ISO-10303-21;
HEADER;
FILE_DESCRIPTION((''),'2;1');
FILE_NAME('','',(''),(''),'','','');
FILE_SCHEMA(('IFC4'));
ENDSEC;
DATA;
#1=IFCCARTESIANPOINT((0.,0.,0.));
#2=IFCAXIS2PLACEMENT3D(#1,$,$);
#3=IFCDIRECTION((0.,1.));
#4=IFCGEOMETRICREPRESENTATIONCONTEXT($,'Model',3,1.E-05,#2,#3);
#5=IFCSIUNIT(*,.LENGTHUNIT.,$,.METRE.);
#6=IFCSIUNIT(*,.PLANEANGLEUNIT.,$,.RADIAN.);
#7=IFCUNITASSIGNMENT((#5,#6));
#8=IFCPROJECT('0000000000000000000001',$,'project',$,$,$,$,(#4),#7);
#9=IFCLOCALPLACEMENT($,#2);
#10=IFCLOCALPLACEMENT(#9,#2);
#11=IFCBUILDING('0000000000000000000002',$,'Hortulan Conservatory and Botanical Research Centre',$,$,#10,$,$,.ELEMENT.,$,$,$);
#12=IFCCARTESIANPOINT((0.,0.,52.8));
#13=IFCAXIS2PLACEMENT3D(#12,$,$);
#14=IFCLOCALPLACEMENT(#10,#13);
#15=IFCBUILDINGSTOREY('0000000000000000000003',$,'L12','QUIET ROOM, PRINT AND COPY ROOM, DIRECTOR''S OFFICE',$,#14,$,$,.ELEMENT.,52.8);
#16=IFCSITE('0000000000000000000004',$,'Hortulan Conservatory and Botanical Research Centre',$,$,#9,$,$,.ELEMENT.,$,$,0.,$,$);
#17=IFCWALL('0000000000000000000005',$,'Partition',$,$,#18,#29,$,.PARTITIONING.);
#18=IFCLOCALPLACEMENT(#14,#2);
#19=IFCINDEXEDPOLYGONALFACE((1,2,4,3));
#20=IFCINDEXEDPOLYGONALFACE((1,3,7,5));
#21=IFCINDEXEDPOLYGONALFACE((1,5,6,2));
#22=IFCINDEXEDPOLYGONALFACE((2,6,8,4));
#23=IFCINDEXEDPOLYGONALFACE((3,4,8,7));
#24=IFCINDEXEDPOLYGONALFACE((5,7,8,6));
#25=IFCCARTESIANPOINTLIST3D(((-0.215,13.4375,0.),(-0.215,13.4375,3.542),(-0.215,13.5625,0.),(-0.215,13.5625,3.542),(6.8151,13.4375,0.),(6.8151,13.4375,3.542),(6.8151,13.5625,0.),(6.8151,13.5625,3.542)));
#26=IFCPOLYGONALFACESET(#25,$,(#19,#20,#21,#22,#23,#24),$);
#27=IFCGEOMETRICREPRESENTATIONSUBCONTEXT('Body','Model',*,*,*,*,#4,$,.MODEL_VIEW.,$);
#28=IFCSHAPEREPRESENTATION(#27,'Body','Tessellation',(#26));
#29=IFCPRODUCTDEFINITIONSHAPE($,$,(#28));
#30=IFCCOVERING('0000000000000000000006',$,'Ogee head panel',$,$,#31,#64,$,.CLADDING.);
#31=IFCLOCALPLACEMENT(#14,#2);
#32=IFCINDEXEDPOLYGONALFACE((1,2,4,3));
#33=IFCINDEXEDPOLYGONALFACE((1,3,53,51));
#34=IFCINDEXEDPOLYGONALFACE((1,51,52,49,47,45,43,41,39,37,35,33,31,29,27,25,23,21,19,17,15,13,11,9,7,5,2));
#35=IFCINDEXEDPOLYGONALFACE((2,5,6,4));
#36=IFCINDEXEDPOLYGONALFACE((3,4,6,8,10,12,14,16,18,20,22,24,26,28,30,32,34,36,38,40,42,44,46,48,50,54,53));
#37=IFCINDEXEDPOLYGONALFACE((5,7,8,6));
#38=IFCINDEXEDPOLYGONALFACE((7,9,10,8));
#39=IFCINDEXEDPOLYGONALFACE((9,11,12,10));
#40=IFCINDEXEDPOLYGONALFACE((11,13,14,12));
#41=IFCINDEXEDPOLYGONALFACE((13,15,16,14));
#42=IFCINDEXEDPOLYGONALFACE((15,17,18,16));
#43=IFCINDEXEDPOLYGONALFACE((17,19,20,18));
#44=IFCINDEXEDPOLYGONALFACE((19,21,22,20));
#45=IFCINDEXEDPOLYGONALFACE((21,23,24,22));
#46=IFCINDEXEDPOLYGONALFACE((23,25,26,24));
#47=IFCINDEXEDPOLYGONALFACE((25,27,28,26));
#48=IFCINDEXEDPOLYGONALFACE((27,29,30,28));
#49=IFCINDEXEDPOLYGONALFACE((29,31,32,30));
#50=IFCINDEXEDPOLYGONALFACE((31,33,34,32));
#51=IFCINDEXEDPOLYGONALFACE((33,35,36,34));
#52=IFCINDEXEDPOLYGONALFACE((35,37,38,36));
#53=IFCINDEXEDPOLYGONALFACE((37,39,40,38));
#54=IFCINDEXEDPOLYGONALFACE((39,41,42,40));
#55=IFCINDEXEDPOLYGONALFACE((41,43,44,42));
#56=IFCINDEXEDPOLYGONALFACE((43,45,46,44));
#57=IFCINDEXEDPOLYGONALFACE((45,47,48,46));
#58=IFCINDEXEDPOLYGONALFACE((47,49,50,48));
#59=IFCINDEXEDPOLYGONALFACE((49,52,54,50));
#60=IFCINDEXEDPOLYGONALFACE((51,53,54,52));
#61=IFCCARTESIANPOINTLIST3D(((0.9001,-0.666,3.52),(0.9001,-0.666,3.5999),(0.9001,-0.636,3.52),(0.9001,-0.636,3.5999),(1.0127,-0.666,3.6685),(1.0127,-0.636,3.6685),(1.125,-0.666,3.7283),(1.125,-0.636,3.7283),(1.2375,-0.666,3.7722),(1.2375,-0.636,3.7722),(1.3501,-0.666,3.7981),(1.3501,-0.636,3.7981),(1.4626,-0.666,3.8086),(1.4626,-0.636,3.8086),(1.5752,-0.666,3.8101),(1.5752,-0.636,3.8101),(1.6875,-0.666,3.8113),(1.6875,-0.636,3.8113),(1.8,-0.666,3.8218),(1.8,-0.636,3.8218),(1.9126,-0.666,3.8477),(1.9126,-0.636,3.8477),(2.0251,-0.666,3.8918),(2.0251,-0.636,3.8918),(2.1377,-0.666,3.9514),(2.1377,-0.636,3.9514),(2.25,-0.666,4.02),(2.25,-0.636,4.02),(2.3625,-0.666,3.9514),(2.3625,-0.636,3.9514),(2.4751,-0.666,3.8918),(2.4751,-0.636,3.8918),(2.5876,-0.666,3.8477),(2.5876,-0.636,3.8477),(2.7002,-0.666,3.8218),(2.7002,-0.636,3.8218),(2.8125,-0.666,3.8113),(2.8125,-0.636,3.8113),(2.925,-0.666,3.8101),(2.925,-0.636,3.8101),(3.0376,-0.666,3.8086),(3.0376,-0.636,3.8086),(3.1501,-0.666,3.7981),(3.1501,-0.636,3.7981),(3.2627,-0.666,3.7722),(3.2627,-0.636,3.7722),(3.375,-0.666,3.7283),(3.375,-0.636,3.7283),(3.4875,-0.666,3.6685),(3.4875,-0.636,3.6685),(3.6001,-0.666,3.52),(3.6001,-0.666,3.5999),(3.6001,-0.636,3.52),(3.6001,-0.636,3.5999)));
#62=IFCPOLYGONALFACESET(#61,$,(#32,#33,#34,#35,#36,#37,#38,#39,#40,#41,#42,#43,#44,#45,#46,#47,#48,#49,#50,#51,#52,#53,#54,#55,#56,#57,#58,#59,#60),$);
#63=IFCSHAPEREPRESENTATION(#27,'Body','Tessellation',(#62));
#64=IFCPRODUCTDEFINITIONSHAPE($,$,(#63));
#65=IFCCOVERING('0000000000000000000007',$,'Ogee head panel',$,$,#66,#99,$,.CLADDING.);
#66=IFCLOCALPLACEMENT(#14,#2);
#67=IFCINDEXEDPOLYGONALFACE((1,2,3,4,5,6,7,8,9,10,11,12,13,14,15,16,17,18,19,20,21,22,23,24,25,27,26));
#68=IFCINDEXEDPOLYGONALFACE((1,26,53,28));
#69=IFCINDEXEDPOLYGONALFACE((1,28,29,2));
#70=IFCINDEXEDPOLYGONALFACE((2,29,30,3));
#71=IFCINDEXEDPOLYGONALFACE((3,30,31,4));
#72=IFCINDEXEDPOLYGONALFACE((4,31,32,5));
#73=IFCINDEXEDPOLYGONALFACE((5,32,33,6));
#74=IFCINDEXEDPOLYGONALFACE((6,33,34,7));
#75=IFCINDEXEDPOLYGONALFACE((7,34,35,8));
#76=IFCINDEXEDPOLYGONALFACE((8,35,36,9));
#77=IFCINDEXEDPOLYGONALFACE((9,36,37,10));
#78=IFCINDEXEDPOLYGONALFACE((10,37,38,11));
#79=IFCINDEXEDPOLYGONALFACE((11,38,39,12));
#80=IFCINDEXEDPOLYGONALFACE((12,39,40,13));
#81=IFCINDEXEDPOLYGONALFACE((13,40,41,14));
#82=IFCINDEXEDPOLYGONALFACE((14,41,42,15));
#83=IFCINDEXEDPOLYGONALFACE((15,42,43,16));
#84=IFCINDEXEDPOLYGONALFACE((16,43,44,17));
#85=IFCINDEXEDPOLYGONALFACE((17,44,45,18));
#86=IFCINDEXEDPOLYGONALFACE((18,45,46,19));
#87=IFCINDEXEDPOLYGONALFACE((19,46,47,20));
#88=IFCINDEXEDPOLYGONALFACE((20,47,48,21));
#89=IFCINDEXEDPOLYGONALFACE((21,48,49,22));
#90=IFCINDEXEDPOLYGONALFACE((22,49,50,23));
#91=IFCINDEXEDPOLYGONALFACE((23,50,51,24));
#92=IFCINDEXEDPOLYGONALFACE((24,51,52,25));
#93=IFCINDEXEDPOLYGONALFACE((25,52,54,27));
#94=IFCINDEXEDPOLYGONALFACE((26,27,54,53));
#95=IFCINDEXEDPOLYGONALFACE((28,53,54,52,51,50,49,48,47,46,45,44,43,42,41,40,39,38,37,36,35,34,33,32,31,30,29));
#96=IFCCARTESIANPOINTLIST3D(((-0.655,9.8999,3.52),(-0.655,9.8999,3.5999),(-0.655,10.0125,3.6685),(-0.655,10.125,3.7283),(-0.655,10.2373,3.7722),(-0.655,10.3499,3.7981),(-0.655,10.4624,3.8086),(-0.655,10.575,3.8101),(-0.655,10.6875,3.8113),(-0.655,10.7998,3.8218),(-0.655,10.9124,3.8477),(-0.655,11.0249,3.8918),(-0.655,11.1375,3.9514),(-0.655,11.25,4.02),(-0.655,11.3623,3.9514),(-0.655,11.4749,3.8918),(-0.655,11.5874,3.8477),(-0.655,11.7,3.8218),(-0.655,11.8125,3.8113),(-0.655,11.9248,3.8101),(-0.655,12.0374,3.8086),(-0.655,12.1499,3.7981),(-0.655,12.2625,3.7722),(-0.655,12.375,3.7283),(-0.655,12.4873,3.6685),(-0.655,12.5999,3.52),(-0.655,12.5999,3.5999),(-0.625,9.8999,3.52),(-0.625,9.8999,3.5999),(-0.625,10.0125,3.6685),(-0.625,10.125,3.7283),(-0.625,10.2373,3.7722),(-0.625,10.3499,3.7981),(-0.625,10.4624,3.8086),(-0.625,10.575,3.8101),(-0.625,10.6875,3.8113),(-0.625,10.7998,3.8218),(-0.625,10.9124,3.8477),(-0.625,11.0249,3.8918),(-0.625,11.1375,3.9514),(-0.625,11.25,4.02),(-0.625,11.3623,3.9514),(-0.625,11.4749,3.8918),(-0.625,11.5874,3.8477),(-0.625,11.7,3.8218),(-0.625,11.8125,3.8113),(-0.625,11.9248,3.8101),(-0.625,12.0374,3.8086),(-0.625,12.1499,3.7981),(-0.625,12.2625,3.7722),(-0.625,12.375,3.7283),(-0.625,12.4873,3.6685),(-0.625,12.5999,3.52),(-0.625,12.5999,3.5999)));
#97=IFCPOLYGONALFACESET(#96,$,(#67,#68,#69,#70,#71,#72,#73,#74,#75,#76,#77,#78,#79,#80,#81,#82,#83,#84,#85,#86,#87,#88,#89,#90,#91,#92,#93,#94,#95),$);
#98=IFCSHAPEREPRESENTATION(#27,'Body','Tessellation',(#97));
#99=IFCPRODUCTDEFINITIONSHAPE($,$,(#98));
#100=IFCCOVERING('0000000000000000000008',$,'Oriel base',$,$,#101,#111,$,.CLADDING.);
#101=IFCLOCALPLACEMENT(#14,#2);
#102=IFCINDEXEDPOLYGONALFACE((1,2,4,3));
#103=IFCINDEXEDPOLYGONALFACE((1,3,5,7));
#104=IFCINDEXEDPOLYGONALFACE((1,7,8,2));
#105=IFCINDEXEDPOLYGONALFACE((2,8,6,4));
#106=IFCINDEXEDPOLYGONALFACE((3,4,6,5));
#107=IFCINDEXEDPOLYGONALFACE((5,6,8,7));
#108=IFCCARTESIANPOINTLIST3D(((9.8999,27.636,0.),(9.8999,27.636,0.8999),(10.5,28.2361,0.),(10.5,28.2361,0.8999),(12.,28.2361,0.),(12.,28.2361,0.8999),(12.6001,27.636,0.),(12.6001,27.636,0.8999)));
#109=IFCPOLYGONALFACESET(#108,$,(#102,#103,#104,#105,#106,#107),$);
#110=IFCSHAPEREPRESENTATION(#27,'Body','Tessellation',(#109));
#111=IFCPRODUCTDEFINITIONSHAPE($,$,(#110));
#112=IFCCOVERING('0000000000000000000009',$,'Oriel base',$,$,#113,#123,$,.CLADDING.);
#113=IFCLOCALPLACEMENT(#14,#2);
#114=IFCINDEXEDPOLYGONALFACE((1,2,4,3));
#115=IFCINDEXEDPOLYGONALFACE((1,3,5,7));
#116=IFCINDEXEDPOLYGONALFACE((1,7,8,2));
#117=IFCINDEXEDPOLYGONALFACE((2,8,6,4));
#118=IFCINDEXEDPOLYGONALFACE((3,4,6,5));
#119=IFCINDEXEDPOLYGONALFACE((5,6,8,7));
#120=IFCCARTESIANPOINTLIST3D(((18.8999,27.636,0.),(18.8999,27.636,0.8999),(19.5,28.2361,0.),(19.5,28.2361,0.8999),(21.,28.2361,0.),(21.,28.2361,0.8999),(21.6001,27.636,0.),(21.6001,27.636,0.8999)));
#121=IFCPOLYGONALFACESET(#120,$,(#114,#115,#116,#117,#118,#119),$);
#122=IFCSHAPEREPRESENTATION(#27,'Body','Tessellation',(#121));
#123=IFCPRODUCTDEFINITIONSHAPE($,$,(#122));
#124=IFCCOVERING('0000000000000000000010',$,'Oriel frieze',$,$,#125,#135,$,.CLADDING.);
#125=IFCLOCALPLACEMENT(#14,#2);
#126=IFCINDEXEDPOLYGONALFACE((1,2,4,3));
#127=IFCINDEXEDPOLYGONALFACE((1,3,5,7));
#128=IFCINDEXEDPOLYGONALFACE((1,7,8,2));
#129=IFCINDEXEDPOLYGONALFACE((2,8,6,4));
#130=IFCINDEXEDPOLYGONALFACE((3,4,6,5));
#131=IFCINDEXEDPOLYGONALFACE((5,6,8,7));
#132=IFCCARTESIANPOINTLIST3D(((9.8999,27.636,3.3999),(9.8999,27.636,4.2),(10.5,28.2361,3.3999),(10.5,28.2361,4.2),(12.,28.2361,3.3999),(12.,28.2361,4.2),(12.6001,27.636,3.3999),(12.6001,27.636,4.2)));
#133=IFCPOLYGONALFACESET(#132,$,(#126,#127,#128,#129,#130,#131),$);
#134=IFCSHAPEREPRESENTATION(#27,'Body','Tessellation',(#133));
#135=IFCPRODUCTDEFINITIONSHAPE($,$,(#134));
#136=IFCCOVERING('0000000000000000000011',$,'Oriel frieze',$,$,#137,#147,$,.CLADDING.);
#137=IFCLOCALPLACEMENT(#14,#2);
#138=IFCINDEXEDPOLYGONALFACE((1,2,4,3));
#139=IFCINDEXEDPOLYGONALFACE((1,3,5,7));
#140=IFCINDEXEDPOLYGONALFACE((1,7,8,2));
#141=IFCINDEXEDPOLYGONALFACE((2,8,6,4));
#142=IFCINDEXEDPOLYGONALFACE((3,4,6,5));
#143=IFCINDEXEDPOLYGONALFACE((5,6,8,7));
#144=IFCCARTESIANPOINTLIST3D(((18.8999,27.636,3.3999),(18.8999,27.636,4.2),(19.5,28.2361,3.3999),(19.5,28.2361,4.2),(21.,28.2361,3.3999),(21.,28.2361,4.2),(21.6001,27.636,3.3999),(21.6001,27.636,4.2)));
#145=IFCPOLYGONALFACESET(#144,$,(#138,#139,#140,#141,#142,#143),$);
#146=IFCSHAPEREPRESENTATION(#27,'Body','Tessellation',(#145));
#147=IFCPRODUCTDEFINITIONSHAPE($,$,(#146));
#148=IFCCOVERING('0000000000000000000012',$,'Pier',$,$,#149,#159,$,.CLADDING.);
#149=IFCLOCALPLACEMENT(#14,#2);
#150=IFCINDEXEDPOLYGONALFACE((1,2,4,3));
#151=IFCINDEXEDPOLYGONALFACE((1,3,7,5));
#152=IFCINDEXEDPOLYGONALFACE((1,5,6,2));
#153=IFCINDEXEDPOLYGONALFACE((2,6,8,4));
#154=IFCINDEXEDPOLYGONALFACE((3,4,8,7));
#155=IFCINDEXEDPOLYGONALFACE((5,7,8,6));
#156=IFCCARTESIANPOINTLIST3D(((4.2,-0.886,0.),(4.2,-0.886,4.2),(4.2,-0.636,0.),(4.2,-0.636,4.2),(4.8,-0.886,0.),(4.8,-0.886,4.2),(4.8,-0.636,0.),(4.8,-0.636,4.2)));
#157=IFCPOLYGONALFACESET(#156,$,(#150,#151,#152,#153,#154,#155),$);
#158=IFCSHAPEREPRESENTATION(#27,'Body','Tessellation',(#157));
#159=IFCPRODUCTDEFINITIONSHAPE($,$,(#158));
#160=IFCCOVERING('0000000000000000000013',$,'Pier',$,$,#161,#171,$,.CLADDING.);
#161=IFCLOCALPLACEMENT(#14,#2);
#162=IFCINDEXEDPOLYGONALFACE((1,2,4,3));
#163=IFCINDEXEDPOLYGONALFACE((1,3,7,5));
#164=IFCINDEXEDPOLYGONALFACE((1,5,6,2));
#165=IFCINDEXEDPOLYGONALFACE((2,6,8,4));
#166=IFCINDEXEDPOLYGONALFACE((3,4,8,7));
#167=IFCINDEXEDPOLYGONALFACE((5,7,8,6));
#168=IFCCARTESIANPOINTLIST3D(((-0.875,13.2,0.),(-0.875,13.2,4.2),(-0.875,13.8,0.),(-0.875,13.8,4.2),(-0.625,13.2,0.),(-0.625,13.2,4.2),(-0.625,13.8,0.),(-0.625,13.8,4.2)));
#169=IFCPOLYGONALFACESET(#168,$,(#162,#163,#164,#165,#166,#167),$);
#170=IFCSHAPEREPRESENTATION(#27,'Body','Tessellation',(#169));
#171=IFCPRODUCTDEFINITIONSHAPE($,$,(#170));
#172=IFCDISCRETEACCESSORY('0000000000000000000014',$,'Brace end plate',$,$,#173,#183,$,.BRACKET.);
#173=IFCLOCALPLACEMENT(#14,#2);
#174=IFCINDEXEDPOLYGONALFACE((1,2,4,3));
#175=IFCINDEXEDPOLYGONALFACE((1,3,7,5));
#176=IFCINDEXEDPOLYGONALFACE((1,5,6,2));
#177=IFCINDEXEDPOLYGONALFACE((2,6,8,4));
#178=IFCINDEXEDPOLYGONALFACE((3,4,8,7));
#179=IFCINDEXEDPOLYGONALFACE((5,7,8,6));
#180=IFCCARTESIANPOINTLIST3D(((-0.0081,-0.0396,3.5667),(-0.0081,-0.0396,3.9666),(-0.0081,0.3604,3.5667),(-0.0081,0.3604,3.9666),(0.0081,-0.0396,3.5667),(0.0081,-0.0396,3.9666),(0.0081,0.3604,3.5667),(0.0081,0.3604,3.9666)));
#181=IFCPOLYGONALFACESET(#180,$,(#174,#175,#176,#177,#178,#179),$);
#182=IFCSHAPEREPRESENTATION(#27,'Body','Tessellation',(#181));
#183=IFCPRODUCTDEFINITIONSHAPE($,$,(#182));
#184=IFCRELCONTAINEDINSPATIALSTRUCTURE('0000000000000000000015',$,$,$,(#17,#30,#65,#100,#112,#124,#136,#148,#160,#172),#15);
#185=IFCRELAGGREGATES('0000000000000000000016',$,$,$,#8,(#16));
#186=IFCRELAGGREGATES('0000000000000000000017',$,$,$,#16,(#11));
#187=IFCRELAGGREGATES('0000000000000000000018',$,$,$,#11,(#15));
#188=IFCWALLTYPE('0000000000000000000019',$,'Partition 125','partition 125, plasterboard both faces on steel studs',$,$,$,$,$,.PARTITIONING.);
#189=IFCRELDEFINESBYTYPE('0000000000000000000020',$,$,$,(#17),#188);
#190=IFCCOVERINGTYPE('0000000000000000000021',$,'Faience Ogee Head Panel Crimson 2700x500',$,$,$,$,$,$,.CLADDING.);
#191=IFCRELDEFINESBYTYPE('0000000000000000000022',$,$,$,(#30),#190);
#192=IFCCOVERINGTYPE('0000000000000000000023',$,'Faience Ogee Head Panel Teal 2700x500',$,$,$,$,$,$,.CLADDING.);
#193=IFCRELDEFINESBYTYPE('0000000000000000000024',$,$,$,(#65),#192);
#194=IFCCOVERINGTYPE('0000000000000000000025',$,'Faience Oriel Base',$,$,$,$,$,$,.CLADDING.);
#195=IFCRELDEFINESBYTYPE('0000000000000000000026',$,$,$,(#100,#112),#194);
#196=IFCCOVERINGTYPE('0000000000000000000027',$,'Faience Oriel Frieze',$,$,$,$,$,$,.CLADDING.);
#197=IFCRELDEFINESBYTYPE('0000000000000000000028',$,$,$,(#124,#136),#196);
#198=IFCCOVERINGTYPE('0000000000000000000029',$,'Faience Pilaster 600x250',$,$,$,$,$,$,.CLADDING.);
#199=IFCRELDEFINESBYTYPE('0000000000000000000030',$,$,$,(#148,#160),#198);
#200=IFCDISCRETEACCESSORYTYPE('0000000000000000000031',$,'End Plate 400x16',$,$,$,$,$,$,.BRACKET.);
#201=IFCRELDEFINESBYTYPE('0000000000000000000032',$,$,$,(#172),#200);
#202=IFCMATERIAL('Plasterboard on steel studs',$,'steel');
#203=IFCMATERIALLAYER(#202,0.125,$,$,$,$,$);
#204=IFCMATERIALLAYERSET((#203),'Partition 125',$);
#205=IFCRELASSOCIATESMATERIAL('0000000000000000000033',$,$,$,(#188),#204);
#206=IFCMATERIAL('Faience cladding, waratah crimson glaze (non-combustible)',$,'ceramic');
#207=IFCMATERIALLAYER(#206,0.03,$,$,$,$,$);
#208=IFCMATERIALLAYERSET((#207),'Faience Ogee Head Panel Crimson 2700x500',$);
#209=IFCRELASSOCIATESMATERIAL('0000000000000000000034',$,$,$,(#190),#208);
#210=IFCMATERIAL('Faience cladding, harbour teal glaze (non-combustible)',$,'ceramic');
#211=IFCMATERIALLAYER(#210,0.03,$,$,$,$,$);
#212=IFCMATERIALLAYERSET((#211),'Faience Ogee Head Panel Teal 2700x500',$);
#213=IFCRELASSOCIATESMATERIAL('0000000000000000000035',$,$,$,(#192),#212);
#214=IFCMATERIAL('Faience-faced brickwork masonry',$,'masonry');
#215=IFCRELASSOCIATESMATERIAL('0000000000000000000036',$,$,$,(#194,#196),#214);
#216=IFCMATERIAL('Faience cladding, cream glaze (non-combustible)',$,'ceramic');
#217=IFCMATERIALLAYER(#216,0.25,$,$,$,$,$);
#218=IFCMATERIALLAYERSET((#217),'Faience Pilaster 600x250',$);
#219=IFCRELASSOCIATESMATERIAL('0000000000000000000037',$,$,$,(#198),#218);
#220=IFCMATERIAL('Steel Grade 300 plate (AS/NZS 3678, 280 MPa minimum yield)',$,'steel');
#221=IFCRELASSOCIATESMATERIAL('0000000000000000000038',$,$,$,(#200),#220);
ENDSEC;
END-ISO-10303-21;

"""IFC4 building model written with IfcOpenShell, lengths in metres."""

from ifc_helpers import new_model, si_unit, direction, frame, frame_2d, origin, origin_2d, place, context, subcontext, project, spatial, polyline, rectangle, outline, extrude, material, layer, layer_set, type_object, element, save


model = new_model("IFC4")

# Units and contexts
model_context = context("Model", 3, precision=1e-05, world=origin(), true_north=direction((0.0, 1.0)))
body_context = subcontext(model_context, "Body", "Model", "MODEL_VIEW")
ifc_project = project(units=[si_unit("LENGTHUNIT", "METRE"), si_unit("PLANEANGLEUNIT", "RADIAN")], contexts=[model_context])

# Site, building, storey
site_placement = place(None, origin())
site = spatial("IfcSite", under=ifc_project, at=site_placement, Name="Hortulan Conservatory and Botanical Research Centre", CompositionType="ELEMENT", RefElevation=0.0)
building_placement = place(site_placement, origin())
building = spatial("IfcBuilding", under=site, at=building_placement, Name="Hortulan Conservatory and Botanical Research Centre", CompositionType="ELEMENT")
storey_placement = place(building_placement, frame((0.0, 0.0, 52.8)))
storey = spatial("IfcBuildingStorey", under=building, at=storey_placement, Name="L12", Description="QUIET ROOM, PRINT AND COPY ROOM, DIRECTOR'S OFFICE", CompositionType="ELEMENT", Elevation=52.8)

# Shared definitions
ifc_material_1 = material(Name="Faience-faced brickwork masonry", Category="masonry")

# Wall
ifc_material_2 = material(Name="Plasterboard on steel studs", Category="steel")
ifc_layer_1 = layer(ifc_material_2, 0.125)
ifc_layer_set_1 = layer_set([ifc_layer_1], Name="Partition 125")
wall_type_1 = type_object("IfcWallType", Name="Partition 125", Description="partition 125, plasterboard both faces on steel studs", PredefinedType="PARTITIONING", material=ifc_layer_set_1)
wall_1_placement = place(storey_placement, frame((-0.2151, 13.5, 0.0), z_axis=(0.0, 0.0, 1.0), x_axis=(1.0, 0.0, 0.0)))
element("IfcWall", 1, at=wall_1_placement, inside=storey, type_object=wall_type_1, Name="Partition", PredefinedType="PARTITIONING", context=body_context, shape_type="SweptSolid", body=[
    extrude(rectangle(XDim=7.03, YDim=0.125, at=frame_2d((3.5151, 0.0))), origin(), (0.0, 0.0, 1.0), 3.542),
])

# Coverings
ifc_material_3 = material(Name="Faience cladding, waratah crimson glaze (non-combustible)", Category="ceramic")
ifc_layer_2 = layer(ifc_material_3, 0.03)
ifc_layer_set_2 = layer_set([ifc_layer_2], Name="Faience Ogee Head Panel Crimson 2700x500")
covering_type_1 = type_object("IfcCoveringType", Name="Faience Ogee Head Panel Crimson 2700x500", PredefinedType="CLADDING", material=ifc_layer_set_2)
covering_1_placement = place(storey_placement, frame((3.6001, -0.6509, 3.52), z_axis=(0.0, 0.0, 1.0), x_axis=(-1.0, 0.0, 0.0)))
element("IfcCovering", 2, at=covering_1_placement, inside=storey, type_object=covering_type_1, Name="Ogee head panel", PredefinedType="CLADDING", context=body_context, shape_type="SweptSolid", body=[
    extrude(outline(polyline([(0.0, 0.0), (2.7, 0.0), (2.7, 0.0798), (2.5874, 0.1484), (2.4751, 0.2083), (2.3625, 0.2522), (2.25, 0.2781), (2.1375, 0.2886), (2.0249, 0.29), (1.9126, 0.2913), (1.8, 0.3018), (1.6875, 0.3276), (1.575, 0.3718), (1.4624, 0.4314), (1.3501, 0.5), (1.2375, 0.4314), (1.125, 0.3718), (1.0125, 0.3276), (0.8999, 0.3018), (0.7876, 0.2913), (0.675, 0.29), (0.5625, 0.2886), (0.45, 0.2781), (0.3374, 0.2522), (0.2251, 0.2083), (0.1125, 0.1484), (0.0, 0.0798), (0.0, 0.0)])), frame((0.0, 0.0151, 0.0), z_axis=(0.0, -1.0, 0.0), x_axis=(1.0, 0.0, 0.0)), (0.0, 0.0, 1.0), 0.03),
])
ifc_material_4 = material(Name="Faience cladding, harbour teal glaze (non-combustible)", Category="ceramic")
ifc_layer_3 = layer(ifc_material_4, 0.03)
ifc_layer_set_3 = layer_set([ifc_layer_3], Name="Faience Ogee Head Panel Teal 2700x500")
covering_type_2 = type_object("IfcCoveringType", Name="Faience Ogee Head Panel Teal 2700x500", PredefinedType="CLADDING", material=ifc_layer_set_3)
covering_2_placement = place(storey_placement, frame((-0.6399, 9.8999, 3.52), z_axis=(0.0, 0.0, 1.0), x_axis=(0.0, 1.0, 0.0)))
element("IfcCovering", 3, at=covering_2_placement, inside=storey, type_object=covering_type_2, Name="Ogee head panel", PredefinedType="CLADDING", context=body_context, shape_type="SweptSolid", body=[
    extrude(outline(polyline([(0.0, 0.0), (2.7, 0.0), (2.7, 0.0798), (2.5874, 0.1484), (2.4751, 0.2083), (2.3625, 0.2522), (2.25, 0.2781), (2.1375, 0.2886), (2.0249, 0.29), (1.9126, 0.2913), (1.8, 0.3018), (1.6875, 0.3276), (1.575, 0.3718), (1.4624, 0.4314), (1.3501, 0.5), (1.2375, 0.4314), (1.125, 0.3718), (1.0125, 0.3276), (0.8999, 0.3018), (0.7876, 0.2913), (0.675, 0.29), (0.5625, 0.2886), (0.45, 0.2781), (0.3374, 0.2522), (0.2251, 0.2083), (0.1125, 0.1484), (0.0, 0.0798), (0.0, 0.0)])), frame((0.0, 0.0151, 0.0), z_axis=(0.0, -1.0, 0.0), x_axis=(1.0, 0.0, 0.0)), (0.0, 0.0, 1.0), 0.03),
])
covering_type_3 = type_object("IfcCoveringType", Name="Faience Oriel Base", PredefinedType="CLADDING", material=ifc_material_1)
covering_3_placement = place(storey_placement, origin())
element("IfcCovering", 4, at=covering_3_placement, inside=storey, type_object=covering_type_3, Name="Oriel base", PredefinedType="CLADDING", context=body_context, shape_type="SweptSolid", body=[
    extrude(outline(polyline([(9.8999, 27.636), (10.5, 28.2361), (12.0, 28.2361), (12.6001, 27.636), (9.8999, 27.636)])), origin(), (0.0, 0.0, 1.0), 0.8999),
])
covering_4_placement = place(storey_placement, origin())
element("IfcCovering", 5, at=covering_4_placement, inside=storey, type_object=covering_type_3, Name="Oriel base", PredefinedType="CLADDING", context=body_context, shape_type="SweptSolid", body=[
    extrude(outline(polyline([(18.8999, 27.636), (19.5, 28.2361), (21.0, 28.2361), (21.6001, 27.636), (18.8999, 27.636)])), origin(), (0.0, 0.0, 1.0), 0.8999),
])
covering_type_4 = type_object("IfcCoveringType", Name="Faience Oriel Frieze", PredefinedType="CLADDING", material=ifc_material_1)
covering_5_placement = place(storey_placement, frame((0.0, 0.0, 3.3999)))
element("IfcCovering", 6, at=covering_5_placement, inside=storey, type_object=covering_type_4, Name="Oriel frieze", PredefinedType="CLADDING", context=body_context, shape_type="SweptSolid", body=[
    extrude(outline(polyline([(9.8999, 27.636), (10.5, 28.2361), (12.0, 28.2361), (12.6001, 27.636), (9.8999, 27.636)])), origin(), (0.0, 0.0, 1.0), 0.8),
])
covering_6_placement = place(storey_placement, frame((0.0, 0.0, 3.3999)))
element("IfcCovering", 7, at=covering_6_placement, inside=storey, type_object=covering_type_4, Name="Oriel frieze", PredefinedType="CLADDING", context=body_context, shape_type="SweptSolid", body=[
    extrude(outline(polyline([(18.8999, 27.636), (19.5, 28.2361), (21.0, 28.2361), (21.6001, 27.636), (18.8999, 27.636)])), origin(), (0.0, 0.0, 1.0), 0.8),
])
ifc_material_5 = material(Name="Faience cladding, cream glaze (non-combustible)", Category="ceramic")
ifc_layer_4 = layer(ifc_material_5, 0.25)
ifc_layer_set_4 = layer_set([ifc_layer_4], Name="Faience Pilaster 600x250")
covering_type_5 = type_object("IfcCoveringType", Name="Faience Pilaster 600x250", PredefinedType="CLADDING", material=ifc_layer_set_4)
for number, where, z_axis, x_axis, name in (
    (8, (4.5, -0.761, 0.0), (0.0, 0.0, 1.0), (-1.0, 0.0, 0.0), "Pier"),
    (9, (-0.75, 13.5, 0.0), (0.0, 0.0, 1.0), (0.0, 1.0, 0.0), "Pier"),
):
    element("IfcCovering", number, at=place(storey_placement, frame(where, z_axis=z_axis, x_axis=x_axis)), inside=storey, type_object=covering_type_5, Name=name, PredefinedType="CLADDING", context=body_context, shape_type="SweptSolid", body=[
        extrude(rectangle(XDim=0.6001, YDim=0.25, at=origin_2d()), origin(), (0.0, 0.0, 1.0), 4.2),
    ])

# Discrete accessory
ifc_material_6 = material(Name="Steel Grade 300 plate (AS/NZS 3678, 280 MPa minimum yield)", Category="steel")
discrete_accessory_type = type_object("IfcDiscreteAccessoryType", Name="End Plate 400x16", PredefinedType="BRACKET", material=ifc_material_6)
for number, where, z_axis, x_axis, name in (
    (10, (0.0, 0.1604, 3.5667), (0.0, 0.0, 1.0), (0.0, -1.0, 0.0), "Brace end plate"),
):
    element("IfcDiscreteAccessory", number, at=place(storey_placement, frame(where, z_axis=z_axis, x_axis=x_axis)), inside=storey, type_object=discrete_accessory_type, Name=name, PredefinedType="BRACKET", context=body_context, shape_type="SweptSolid", body=[
        extrude(rectangle(XDim=0.3999, YDim=0.0161, at=origin_2d()), origin(), (0.0, 0.0, 1.0), 0.3999),
    ])

save(model, "model.ifc")
